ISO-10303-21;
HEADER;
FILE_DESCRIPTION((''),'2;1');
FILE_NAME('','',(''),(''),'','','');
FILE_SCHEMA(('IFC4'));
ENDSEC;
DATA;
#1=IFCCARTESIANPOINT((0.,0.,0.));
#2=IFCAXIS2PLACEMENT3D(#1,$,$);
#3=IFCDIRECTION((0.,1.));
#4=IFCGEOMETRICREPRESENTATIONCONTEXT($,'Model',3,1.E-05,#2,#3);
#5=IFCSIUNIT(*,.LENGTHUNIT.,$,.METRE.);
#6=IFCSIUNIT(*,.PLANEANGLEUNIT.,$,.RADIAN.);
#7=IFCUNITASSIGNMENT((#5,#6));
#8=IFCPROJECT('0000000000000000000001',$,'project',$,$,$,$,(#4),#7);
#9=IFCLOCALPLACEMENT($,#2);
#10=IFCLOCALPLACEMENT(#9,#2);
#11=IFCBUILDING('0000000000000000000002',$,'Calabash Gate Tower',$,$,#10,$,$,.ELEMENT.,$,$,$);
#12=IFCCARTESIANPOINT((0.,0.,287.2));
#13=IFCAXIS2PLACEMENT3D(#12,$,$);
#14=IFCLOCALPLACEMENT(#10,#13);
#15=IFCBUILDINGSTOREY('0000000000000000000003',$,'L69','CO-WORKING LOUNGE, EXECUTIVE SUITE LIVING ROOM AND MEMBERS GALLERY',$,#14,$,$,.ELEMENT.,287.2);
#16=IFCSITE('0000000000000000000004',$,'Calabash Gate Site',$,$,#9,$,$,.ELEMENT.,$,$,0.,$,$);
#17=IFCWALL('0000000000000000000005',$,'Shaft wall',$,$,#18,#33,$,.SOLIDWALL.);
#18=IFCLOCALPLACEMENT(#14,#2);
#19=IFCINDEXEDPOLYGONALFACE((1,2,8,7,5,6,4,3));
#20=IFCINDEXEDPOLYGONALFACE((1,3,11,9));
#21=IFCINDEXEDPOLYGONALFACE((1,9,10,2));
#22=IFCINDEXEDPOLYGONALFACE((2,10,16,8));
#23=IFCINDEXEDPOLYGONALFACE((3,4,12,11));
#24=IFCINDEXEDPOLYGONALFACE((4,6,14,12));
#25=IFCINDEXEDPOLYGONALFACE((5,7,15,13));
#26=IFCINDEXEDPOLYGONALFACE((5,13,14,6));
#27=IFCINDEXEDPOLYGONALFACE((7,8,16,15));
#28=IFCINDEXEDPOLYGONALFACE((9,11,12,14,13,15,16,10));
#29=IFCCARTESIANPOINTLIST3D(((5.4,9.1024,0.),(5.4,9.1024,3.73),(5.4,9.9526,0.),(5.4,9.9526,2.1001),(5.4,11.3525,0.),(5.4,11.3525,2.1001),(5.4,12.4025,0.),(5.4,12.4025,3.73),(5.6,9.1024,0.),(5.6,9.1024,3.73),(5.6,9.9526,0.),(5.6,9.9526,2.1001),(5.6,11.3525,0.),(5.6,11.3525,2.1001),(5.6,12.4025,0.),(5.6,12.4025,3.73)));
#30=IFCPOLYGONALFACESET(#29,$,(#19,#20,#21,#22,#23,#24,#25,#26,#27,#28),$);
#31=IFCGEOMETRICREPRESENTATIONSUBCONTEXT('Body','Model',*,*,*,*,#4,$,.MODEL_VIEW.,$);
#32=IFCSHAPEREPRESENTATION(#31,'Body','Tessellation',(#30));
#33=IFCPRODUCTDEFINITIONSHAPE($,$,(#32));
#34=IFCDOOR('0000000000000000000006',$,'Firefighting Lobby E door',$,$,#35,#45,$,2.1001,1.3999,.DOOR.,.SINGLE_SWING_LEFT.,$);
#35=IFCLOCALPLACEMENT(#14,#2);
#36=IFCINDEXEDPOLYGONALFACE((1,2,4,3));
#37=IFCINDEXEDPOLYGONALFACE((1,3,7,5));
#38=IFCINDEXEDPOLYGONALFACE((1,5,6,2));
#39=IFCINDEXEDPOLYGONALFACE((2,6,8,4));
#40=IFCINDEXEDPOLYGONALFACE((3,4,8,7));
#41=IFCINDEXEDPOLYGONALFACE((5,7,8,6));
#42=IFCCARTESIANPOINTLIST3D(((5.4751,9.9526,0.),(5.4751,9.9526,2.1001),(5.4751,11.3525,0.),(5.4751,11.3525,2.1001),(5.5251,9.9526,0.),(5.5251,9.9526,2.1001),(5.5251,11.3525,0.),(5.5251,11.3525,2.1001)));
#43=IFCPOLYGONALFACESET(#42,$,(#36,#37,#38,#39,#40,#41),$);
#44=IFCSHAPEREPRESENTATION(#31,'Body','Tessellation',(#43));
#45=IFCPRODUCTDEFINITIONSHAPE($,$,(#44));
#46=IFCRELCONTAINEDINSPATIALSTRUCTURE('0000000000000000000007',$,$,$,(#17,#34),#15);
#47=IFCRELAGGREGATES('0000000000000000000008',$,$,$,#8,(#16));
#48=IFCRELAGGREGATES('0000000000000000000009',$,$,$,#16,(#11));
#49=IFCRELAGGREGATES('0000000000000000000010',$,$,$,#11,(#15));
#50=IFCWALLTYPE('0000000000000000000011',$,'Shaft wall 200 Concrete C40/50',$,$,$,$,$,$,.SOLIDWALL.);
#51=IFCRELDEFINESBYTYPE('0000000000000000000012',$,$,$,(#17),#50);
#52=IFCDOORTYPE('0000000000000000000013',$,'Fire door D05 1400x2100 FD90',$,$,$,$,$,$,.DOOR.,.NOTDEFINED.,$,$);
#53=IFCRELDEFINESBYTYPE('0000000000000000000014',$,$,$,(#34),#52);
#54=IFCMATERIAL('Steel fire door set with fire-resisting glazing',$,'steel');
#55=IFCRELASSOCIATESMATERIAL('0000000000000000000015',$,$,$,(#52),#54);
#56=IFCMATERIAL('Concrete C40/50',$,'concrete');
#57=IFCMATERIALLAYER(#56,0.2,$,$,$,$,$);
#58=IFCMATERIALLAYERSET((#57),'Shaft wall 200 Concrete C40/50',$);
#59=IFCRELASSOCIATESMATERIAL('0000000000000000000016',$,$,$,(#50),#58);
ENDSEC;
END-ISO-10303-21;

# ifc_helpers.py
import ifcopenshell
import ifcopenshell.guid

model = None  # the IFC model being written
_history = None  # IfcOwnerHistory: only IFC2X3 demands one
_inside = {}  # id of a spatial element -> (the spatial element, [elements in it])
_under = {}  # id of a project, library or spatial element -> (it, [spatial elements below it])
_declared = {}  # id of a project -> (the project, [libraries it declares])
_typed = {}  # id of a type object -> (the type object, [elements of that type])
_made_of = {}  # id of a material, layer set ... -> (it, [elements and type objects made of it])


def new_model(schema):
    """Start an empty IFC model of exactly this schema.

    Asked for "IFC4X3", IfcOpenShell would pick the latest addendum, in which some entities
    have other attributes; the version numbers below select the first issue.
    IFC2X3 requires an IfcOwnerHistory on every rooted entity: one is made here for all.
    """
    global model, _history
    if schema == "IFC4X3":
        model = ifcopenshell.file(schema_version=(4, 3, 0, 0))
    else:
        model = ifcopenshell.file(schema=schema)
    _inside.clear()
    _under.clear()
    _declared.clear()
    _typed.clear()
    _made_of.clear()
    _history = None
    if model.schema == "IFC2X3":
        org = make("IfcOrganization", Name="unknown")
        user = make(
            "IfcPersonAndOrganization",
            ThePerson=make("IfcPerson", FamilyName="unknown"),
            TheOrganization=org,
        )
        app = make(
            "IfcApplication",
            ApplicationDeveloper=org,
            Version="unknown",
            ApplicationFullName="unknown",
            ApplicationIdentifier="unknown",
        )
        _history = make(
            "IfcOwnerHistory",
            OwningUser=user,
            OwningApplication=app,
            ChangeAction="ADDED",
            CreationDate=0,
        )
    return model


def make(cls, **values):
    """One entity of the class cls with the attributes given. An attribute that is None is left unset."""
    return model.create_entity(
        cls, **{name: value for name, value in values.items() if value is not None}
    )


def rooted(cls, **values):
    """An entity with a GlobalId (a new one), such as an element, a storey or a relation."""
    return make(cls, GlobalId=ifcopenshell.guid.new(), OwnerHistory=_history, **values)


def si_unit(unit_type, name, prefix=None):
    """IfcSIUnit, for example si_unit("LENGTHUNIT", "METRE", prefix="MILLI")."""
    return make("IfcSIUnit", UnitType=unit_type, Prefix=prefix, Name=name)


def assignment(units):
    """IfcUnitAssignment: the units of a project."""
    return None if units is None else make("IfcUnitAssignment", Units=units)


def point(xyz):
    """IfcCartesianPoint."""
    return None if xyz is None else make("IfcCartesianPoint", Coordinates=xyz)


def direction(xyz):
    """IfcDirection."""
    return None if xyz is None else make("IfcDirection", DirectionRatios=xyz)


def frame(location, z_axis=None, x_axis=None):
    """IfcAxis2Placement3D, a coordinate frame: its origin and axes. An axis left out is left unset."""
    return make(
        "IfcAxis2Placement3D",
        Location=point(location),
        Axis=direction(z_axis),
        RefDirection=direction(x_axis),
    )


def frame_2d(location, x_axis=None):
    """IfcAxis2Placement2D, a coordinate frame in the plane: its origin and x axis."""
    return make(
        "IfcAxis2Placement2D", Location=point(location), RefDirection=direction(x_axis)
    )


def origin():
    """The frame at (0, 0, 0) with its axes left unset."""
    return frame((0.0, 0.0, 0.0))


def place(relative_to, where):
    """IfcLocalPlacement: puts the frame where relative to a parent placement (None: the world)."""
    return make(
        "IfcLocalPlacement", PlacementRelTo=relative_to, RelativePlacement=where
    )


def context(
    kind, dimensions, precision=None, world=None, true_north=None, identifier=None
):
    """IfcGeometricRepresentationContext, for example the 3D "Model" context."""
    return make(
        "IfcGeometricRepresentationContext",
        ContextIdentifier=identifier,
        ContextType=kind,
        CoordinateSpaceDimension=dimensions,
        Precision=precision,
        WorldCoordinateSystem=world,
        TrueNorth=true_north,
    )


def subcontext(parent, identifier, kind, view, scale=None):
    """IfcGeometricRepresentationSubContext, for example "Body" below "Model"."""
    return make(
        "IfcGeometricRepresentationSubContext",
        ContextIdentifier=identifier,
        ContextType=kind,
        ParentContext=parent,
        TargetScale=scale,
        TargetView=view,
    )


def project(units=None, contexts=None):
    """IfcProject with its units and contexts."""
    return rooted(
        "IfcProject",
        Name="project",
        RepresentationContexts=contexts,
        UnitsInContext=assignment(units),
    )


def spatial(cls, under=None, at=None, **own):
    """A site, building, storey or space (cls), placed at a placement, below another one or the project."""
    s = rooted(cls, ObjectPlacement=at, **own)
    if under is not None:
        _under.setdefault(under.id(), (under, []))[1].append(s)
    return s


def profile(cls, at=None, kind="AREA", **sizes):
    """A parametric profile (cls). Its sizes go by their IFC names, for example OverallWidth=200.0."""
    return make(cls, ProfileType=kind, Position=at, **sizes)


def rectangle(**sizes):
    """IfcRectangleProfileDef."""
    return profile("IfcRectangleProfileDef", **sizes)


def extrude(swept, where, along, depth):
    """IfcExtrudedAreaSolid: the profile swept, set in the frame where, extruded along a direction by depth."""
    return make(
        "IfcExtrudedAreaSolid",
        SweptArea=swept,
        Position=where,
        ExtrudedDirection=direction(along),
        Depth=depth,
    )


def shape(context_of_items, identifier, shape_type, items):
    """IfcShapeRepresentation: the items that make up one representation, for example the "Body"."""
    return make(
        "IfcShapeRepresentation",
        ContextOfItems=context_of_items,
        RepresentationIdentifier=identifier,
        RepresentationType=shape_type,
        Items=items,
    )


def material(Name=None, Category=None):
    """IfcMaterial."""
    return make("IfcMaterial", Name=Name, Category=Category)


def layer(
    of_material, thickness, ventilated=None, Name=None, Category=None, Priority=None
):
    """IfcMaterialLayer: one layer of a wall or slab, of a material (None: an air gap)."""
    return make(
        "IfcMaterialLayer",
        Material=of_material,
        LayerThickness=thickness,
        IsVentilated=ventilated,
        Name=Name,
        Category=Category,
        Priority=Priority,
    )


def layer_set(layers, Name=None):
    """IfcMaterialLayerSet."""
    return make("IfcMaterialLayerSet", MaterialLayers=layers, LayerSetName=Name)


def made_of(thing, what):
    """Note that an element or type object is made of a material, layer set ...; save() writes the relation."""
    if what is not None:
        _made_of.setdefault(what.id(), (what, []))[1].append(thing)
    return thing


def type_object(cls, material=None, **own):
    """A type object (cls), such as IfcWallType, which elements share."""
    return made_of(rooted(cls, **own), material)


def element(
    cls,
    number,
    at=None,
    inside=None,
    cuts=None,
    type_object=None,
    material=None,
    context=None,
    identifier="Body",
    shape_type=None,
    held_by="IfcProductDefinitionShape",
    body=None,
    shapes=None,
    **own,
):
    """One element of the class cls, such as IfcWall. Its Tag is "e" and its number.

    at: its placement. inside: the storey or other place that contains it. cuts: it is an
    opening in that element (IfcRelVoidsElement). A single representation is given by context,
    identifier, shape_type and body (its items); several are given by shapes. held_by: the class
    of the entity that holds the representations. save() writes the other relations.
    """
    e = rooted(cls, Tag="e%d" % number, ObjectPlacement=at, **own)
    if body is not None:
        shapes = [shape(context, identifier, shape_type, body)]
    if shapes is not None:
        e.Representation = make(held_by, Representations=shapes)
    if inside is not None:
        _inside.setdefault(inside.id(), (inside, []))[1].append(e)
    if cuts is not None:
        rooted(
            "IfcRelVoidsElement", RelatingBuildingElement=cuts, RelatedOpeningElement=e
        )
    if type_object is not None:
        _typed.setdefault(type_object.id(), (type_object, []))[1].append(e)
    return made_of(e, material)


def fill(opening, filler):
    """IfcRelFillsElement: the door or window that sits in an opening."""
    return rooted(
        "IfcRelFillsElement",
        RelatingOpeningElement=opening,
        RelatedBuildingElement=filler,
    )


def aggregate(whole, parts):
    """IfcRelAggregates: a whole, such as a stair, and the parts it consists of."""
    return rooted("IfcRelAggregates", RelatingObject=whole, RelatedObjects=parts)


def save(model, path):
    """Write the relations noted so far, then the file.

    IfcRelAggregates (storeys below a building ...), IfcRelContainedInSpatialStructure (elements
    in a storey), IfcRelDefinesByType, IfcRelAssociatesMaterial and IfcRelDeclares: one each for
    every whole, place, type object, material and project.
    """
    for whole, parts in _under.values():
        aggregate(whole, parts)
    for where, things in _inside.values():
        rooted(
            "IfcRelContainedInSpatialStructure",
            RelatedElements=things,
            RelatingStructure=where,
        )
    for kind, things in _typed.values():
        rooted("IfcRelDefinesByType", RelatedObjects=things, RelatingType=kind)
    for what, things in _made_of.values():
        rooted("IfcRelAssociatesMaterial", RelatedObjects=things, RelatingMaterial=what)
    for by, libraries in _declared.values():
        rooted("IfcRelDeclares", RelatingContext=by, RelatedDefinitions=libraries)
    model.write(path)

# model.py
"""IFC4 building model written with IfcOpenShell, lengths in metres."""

from ifc_helpers import new_model, si_unit, direction, frame, frame_2d, origin, place, context, subcontext, project, spatial, rectangle, extrude, material, layer, layer_set, type_object, element, fill, save


model = new_model("IFC4")

# Units and contexts
model_context = context("Model", 3, precision=1e-05, world=origin(), true_north=direction((0.0, 1.0)))
body_context = subcontext(model_context, "Body", "Model", "MODEL_VIEW")
ifc_project = project(units=[si_unit("LENGTHUNIT", "METRE"), si_unit("PLANEANGLEUNIT", "RADIAN")], contexts=[model_context])

# Site, building, storey
site_placement = place(None, origin())
site = spatial("IfcSite", under=ifc_project, at=site_placement, Name="Calabash Gate Site", CompositionType="ELEMENT", RefElevation=0.0)
building_placement = place(site_placement, origin())
building = spatial("IfcBuilding", under=site, at=building_placement, Name="Calabash Gate Tower", CompositionType="ELEMENT")
storey_placement = place(building_placement, frame((0.0, 0.0, 287.2)))
storey = spatial("IfcBuildingStorey", under=building, at=storey_placement, Name="L69", Description="CO-WORKING LOUNGE, EXECUTIVE SUITE LIVING ROOM AND MEMBERS GALLERY", CompositionType="ELEMENT", Elevation=287.2)

# Shared definitions
ifc_material_1 = material(Name="Steel fire door set with fire-resisting glazing", Category="steel")
door_type_1 = type_object("IfcDoorType", Name="Fire door D05 1400x2100 FD90", OperationType="NOTDEFINED", PredefinedType="DOOR", material=ifc_material_1)

# Shared definitions
ifc_material_2 = material(Name="Concrete C40/50", Category="concrete")
ifc_layer_1 = layer(ifc_material_2, 0.2)
ifc_layer_set_1 = layer_set([ifc_layer_1], Name="Shaft wall 200 Concrete C40/50")
wall_type_1 = type_object("IfcWallType", Name="Shaft wall 200 Concrete C40/50", PredefinedType="SOLIDWALL", material=ifc_layer_set_1)

# Wall, opening, door
wall_1_placement = place(storey_placement, frame((5.5, 9.1025, 0.0), z_axis=(0.0, 0.0, 1.0), x_axis=(0.0, 1.0, 0.0)))
wall_1 = element("IfcWall", 1, at=wall_1_placement, inside=storey, type_object=wall_type_1, Name="Shaft wall", PredefinedType="SOLIDWALL", context=body_context, shape_type="SweptSolid", body=[
    extrude(rectangle(XDim=3.3, YDim=0.2, at=frame_2d((1.6499, 0.0))), origin(), (0.0, 0.0, 1.0), 3.73),
])
opening_1_placement = place(wall_1_placement, frame((0.8501, 0.0, 0.0)))
opening_1 = element("IfcOpeningElement", 2, at=opening_1_placement, cuts=wall_1, PredefinedType="OPENING", context=body_context, shape_type="SweptSolid", body=[
    extrude(rectangle(XDim=1.3999, YDim=2.1001, at=frame_2d((0.7, 1.05))), frame((0.0, 0.1099, 0.0), z_axis=(0.0, -1.0, 0.0), x_axis=(1.0, 0.0, 0.0)), (0.0, 0.0, 1.0), 0.22),
])
door_1_placement = place(opening_1_placement, origin())
door_1 = element("IfcDoor", 3, at=door_1_placement, inside=storey, type_object=door_type_1, Name="Firefighting Lobby E door", OperationType="SINGLE_SWING_LEFT", OverallHeight=2.1001, OverallWidth=1.3999, PredefinedType="DOOR", context=body_context, shape_type="SweptSolid", body=[
    extrude(rectangle(XDim=1.3999, YDim=2.1001, at=frame_2d((0.7, 1.05))), frame((0.0, 0.0249, 0.0), z_axis=(0.0, -1.0, 0.0), x_axis=(1.0, 0.0, 0.0)), (0.0, 0.0, 1.0), 0.05),
])
fill(opening_1, door_1)

save(model, "model.ifc")
